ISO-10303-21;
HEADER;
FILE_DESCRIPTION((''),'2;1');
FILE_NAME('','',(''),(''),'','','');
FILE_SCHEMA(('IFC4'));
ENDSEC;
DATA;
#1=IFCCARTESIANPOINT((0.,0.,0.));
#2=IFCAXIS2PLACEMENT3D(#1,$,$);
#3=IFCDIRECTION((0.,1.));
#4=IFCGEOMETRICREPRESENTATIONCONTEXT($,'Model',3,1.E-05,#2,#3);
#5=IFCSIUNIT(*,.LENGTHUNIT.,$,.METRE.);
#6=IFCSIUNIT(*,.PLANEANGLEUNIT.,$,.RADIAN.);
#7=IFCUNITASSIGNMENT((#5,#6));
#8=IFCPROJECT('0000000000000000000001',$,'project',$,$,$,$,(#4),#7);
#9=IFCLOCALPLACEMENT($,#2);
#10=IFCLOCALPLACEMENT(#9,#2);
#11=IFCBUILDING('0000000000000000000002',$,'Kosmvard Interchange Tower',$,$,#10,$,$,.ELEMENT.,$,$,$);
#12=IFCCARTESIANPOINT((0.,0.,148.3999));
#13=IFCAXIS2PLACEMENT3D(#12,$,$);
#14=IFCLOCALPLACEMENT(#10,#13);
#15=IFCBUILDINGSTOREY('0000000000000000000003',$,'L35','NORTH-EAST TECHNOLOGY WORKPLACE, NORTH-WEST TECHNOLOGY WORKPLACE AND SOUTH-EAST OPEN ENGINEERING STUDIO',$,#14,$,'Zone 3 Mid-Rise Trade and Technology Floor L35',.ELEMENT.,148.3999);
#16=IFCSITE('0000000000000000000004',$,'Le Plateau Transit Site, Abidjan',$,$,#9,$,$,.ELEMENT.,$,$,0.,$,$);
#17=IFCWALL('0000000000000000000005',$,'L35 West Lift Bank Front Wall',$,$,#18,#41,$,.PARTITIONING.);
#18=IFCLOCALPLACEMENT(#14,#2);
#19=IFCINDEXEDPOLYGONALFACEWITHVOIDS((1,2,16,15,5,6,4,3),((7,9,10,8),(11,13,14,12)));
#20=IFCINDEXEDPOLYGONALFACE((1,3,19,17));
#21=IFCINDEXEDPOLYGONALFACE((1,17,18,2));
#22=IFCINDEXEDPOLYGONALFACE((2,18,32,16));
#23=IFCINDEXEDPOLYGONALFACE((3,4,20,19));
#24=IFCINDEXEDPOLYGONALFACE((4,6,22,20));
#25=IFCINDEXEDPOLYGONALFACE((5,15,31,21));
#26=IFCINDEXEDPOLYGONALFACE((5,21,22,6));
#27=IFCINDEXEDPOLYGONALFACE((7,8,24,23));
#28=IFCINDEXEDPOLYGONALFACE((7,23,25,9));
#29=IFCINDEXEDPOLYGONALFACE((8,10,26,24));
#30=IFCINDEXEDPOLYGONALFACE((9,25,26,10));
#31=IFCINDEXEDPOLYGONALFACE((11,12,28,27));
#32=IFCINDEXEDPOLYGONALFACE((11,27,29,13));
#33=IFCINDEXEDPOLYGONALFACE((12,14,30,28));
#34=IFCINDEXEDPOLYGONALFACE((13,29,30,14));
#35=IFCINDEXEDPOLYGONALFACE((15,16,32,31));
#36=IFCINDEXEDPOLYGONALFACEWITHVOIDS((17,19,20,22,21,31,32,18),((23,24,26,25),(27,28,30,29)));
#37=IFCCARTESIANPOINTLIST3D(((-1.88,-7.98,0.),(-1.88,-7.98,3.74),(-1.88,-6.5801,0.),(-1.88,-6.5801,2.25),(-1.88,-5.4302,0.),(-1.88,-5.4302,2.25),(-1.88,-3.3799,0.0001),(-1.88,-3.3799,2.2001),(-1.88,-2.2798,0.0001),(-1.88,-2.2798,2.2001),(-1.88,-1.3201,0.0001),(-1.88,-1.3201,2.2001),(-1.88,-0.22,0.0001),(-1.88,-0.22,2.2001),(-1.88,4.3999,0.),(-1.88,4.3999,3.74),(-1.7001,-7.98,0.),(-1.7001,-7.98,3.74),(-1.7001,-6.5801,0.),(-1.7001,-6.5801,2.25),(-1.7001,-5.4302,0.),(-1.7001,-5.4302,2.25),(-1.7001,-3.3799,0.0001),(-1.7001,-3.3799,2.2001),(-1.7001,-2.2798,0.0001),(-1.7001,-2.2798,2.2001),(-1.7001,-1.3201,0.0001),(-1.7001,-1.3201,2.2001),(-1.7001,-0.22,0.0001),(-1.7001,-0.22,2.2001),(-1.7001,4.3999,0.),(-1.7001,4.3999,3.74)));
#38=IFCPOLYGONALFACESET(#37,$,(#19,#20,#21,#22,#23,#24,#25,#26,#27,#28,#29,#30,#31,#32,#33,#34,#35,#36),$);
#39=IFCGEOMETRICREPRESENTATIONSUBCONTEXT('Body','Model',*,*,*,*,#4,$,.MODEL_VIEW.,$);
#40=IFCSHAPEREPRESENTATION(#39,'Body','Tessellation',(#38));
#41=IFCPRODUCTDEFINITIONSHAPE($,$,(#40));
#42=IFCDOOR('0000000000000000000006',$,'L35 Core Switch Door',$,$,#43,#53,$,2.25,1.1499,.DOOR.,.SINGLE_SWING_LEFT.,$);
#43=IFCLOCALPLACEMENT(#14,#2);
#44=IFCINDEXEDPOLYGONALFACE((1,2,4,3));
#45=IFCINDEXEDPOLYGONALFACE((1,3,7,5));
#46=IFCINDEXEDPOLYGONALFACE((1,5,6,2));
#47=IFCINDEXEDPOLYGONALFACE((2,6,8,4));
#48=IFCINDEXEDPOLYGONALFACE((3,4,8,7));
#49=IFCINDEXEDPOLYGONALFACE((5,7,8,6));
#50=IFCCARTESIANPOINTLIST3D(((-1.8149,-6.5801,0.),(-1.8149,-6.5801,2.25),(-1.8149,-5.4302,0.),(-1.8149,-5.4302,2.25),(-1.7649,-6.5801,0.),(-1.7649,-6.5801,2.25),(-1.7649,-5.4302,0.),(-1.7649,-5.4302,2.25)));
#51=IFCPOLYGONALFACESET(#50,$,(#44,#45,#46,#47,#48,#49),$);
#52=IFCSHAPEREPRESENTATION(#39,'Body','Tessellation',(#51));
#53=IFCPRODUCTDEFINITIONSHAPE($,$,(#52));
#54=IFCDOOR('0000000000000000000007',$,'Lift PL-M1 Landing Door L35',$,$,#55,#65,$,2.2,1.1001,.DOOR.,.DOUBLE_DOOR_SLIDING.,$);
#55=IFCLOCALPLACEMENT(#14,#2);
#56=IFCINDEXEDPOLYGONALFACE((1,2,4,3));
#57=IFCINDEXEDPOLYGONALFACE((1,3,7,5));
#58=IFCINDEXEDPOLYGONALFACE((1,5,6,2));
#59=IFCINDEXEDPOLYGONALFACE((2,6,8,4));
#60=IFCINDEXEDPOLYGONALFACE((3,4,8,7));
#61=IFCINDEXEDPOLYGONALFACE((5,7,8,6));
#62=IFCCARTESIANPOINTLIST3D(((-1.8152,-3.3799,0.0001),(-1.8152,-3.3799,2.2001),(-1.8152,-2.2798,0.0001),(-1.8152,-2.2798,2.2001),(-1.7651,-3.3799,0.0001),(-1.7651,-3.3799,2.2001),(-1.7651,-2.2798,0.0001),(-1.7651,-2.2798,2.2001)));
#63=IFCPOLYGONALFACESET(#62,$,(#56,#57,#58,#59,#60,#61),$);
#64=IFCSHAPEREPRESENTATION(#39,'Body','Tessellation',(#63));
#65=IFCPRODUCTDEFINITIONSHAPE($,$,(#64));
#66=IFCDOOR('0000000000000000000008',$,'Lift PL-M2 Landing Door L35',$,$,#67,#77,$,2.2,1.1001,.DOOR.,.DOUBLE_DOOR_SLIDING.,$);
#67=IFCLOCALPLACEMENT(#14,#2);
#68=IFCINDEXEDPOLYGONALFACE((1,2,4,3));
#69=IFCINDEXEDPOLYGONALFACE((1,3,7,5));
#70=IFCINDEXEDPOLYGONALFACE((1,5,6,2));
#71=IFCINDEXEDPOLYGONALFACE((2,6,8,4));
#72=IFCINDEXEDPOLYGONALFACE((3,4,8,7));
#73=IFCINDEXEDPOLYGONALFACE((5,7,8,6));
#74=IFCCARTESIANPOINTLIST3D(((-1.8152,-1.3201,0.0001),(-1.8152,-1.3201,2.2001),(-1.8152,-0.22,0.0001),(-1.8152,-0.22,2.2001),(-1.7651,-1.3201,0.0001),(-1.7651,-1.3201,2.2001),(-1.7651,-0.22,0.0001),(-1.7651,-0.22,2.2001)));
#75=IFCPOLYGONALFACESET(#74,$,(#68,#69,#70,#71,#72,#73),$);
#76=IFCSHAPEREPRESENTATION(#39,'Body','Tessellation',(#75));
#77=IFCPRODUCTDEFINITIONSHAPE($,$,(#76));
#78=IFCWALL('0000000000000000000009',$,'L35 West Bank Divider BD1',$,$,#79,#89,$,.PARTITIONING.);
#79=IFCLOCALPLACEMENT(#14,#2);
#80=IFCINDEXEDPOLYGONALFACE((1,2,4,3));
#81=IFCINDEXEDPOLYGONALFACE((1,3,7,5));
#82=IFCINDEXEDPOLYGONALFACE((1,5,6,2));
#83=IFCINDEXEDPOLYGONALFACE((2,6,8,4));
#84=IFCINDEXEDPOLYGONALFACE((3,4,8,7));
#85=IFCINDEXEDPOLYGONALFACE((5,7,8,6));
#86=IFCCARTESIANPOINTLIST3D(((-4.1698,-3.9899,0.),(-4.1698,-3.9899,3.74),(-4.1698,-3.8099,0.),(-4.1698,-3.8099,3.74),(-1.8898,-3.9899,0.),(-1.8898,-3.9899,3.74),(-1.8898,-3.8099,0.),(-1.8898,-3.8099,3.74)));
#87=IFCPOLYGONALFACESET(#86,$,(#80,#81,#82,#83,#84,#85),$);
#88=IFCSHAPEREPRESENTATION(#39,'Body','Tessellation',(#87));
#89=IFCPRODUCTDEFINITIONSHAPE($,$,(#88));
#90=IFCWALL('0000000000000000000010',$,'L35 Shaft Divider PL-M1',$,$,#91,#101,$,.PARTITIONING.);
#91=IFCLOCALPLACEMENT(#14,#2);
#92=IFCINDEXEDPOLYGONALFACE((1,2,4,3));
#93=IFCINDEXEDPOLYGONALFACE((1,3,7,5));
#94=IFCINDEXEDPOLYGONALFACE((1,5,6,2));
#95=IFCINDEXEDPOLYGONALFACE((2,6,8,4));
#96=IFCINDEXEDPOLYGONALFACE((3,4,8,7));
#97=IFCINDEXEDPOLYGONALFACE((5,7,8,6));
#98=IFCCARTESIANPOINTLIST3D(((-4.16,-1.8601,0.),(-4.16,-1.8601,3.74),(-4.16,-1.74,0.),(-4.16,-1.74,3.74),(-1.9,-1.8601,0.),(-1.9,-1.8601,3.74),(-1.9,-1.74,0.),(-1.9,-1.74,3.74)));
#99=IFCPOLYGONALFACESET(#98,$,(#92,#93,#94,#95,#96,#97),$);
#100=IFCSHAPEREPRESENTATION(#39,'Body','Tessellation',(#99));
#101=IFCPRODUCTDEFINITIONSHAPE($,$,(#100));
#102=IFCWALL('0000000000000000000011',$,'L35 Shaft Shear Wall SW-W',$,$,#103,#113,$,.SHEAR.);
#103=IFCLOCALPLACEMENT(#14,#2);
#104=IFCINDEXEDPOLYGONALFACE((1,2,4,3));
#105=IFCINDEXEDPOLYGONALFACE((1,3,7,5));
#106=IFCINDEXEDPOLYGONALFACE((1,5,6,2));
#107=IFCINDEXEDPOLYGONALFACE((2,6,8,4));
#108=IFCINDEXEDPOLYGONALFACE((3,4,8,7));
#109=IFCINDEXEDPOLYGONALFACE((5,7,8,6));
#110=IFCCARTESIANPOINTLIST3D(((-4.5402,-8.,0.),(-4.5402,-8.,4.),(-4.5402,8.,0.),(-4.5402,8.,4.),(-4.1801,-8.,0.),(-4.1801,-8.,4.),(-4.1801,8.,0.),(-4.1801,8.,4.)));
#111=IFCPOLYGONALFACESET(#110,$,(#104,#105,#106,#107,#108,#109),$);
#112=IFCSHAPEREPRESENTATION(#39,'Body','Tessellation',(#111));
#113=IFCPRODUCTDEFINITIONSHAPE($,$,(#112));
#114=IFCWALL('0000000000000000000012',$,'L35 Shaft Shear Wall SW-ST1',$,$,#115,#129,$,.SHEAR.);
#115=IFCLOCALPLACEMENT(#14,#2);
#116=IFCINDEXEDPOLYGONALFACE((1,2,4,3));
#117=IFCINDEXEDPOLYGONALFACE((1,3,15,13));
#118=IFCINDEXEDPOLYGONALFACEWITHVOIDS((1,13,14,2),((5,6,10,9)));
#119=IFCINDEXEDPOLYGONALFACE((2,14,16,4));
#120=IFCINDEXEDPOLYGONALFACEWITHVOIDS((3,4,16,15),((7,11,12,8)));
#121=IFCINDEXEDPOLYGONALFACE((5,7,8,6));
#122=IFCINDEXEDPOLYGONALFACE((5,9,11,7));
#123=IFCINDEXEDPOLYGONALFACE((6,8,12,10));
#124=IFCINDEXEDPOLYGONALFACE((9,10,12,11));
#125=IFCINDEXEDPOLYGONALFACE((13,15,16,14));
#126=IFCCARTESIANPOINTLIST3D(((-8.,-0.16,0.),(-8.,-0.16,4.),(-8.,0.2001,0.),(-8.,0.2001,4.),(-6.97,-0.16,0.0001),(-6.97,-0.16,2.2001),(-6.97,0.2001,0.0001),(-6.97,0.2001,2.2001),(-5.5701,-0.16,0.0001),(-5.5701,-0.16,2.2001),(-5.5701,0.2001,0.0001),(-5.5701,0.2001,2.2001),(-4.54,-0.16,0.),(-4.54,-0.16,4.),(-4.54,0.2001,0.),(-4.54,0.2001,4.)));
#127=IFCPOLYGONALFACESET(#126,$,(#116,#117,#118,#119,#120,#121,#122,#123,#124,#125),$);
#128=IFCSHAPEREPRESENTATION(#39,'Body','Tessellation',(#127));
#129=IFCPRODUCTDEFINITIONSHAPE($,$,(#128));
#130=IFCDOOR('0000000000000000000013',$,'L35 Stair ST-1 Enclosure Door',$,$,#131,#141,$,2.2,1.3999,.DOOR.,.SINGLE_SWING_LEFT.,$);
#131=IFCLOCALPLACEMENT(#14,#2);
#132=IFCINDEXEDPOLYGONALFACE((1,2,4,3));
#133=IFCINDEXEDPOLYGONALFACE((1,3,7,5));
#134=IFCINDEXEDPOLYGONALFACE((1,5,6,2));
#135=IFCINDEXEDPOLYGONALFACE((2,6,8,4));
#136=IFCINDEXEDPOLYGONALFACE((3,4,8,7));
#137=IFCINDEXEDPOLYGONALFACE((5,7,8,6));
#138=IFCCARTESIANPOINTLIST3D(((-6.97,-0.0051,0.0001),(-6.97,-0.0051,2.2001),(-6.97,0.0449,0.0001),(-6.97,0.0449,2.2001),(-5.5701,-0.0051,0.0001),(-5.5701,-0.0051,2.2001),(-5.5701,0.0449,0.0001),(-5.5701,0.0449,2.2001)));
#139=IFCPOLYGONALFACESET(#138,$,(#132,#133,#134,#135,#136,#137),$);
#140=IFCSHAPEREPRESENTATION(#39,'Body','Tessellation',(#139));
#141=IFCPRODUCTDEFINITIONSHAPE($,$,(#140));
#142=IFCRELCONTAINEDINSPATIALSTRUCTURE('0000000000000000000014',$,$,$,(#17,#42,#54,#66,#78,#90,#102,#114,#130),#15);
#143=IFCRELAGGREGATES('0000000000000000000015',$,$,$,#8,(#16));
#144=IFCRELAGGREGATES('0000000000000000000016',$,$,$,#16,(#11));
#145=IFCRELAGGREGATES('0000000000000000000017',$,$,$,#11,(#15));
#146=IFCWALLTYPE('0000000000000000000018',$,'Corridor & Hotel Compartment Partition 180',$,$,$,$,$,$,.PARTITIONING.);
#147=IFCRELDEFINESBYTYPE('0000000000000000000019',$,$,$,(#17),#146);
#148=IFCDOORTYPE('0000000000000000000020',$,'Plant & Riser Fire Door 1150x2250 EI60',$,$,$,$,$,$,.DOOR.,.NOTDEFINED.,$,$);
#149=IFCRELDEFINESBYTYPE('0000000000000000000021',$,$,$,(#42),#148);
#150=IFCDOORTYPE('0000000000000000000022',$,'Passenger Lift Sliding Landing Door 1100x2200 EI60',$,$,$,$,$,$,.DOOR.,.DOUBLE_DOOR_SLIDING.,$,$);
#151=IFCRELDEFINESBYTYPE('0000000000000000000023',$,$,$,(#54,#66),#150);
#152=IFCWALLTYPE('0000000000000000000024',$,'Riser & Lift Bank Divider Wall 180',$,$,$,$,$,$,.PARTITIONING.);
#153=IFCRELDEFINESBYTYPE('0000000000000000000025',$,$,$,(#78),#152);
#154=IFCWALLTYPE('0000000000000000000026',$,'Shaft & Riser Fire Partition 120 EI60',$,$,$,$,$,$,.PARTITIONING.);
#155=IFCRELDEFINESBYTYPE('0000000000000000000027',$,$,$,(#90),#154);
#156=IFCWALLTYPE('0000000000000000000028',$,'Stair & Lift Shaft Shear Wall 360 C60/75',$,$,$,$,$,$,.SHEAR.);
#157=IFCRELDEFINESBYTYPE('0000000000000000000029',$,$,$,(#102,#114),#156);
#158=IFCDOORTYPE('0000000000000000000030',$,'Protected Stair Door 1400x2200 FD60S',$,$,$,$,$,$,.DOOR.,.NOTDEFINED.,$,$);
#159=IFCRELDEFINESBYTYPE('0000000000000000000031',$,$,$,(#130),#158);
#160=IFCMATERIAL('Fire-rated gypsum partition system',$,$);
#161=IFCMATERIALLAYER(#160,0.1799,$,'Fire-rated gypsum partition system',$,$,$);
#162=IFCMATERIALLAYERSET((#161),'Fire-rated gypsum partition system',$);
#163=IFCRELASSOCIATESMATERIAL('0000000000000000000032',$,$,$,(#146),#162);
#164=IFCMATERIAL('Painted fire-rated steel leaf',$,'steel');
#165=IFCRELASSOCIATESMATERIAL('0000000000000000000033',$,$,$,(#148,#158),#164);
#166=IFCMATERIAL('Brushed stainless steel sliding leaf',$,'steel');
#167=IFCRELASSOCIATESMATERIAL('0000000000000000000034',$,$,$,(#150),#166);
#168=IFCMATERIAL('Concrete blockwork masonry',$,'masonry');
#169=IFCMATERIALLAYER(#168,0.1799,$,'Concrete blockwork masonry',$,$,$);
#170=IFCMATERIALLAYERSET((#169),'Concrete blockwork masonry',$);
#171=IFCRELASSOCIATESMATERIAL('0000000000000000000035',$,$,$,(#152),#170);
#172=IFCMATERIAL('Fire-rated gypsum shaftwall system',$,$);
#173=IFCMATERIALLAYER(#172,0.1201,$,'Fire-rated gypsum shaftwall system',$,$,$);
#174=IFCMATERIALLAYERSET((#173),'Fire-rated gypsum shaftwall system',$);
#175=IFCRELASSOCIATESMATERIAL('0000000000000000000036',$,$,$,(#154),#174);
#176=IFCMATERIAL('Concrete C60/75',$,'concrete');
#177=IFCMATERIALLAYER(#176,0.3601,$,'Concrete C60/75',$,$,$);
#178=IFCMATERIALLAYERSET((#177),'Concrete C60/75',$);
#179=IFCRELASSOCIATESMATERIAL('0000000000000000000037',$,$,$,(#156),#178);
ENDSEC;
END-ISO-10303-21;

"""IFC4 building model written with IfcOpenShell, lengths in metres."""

from ifc_helpers import new_model, si_unit, direction, frame, frame_2d, origin, place, context, subcontext, project, spatial, rectangle, extrude, source, transform, mapped, material, layer, layer_set, type_object, element, fill, save


model = new_model("IFC4")

# Units and contexts
model_context = context("Model", 3, precision=1e-05, world=origin(), true_north=direction((0.0, 1.0)))
body_context = subcontext(model_context, "Body", "Model", "MODEL_VIEW")
ifc_project = project(units=[si_unit("LENGTHUNIT", "METRE"), si_unit("PLANEANGLEUNIT", "RADIAN")], contexts=[model_context])

# Site, building, storey
site_placement = place(None, origin())
site = spatial("IfcSite", under=ifc_project, at=site_placement, Name="Le Plateau Transit Site, Abidjan", CompositionType="ELEMENT", RefElevation=0.0)
building_placement = place(site_placement, origin())
building = spatial("IfcBuilding", under=site, at=building_placement, Name="Kosmvard Interchange Tower", CompositionType="ELEMENT")
storey_placement = place(building_placement, frame((0.0, 0.0, 148.3999)))
storey = spatial("IfcBuildingStorey", under=building, at=storey_placement, Name="L35", Description="NORTH-EAST TECHNOLOGY WORKPLACE, NORTH-WEST TECHNOLOGY WORKPLACE AND SOUTH-EAST OPEN ENGINEERING STUDIO", LongName="Zone 3 Mid-Rise Trade and Technology Floor L35", CompositionType="ELEMENT", Elevation=148.3999)

# Shared definitions
ifc_material_1 = material(Name="Concrete C60/75", Category="concrete")

# Wall, openings, doors
ifc_material_2 = material(Name="Fire-rated gypsum partition system")
ifc_layer_1 = layer(ifc_material_2, 0.1799, Name="Fire-rated gypsum partition system")
ifc_layer_set_1 = layer_set([ifc_layer_1], Name="Fire-rated gypsum partition system")
wall_type_1 = type_object("IfcWallType", Name="Corridor & Hotel Compartment Partition 180", PredefinedType="PARTITIONING", material=ifc_layer_set_1)
wall_1_placement = place(storey_placement, frame((-1.79, -7.98, 0.0), z_axis=(0.0, 0.0, 1.0), x_axis=(0.0, 1.0, 0.0)))
wall_1 = element("IfcWall", 1, at=wall_1_placement, inside=storey, type_object=wall_type_1, Name="L35 West Lift Bank Front Wall", PredefinedType="PARTITIONING", context=body_context, shape_type="SweptSolid", body=[
    extrude(rectangle(XDim=12.3799, YDim=0.1799, at=frame_2d((6.1899, 0.0))), origin(), (0.0, 0.0, 1.0), 3.74),
])
opening_1_placement = place(wall_1_placement, frame((4.6001, 0.0, 0.0)))
opening_1 = element("IfcOpeningElement", 2, at=opening_1_placement, cuts=wall_1, PredefinedType="OPENING", context=body_context, shape_type="SweptSolid", body=[
    extrude(rectangle(XDim=1.1001, YDim=2.2, at=frame_2d((0.55, 1.1001))), frame((0.0, 0.1001, 0.0), z_axis=(0.0, -1.0, 0.0), x_axis=(1.0, 0.0, 0.0)), (0.0, 0.0, 1.0), 0.2),
])
opening_2_placement = place(wall_1_placement, frame((6.6599, 0.0, 0.0)))
opening_2 = element("IfcOpeningElement", 3, at=opening_2_placement, cuts=wall_1, PredefinedType="OPENING", context=body_context, shape_type="SweptSolid", body=[
    extrude(rectangle(XDim=1.1001, YDim=2.2, at=frame_2d((0.55, 1.1001))), frame((0.0, 0.1001, 0.0), z_axis=(0.0, -1.0, 0.0), x_axis=(1.0, 0.0, 0.0)), (0.0, 0.0, 1.0), 0.2),
])
opening_3_placement = place(wall_1_placement, frame((1.3999, 0.0, 0.0)))
opening_3 = element("IfcOpeningElement", 4, at=opening_3_placement, cuts=wall_1, PredefinedType="OPENING", context=body_context, shape_type="SweptSolid", body=[
    extrude(rectangle(XDim=1.1499, YDim=2.25, at=frame_2d((0.575, 1.125))), frame((0.0, 0.1001, 0.0), z_axis=(0.0, -1.0, 0.0), x_axis=(1.0, 0.0, 0.0)), (0.0, 0.0, 1.0), 0.2),
])
ifc_material_3 = material(Name="Painted fire-rated steel leaf", Category="steel")
door_type_1 = type_object("IfcDoorType", Name="Plant & Riser Fire Door 1150x2250 EI60", OperationType="NOTDEFINED", PredefinedType="DOOR", material=ifc_material_3)
shared_shape_1 = source(origin(), body_context, "Body", "SweptSolid", [
    extrude(rectangle(XDim=1.1499, YDim=2.25, at=frame_2d((0.575, 1.125))), frame((0.0, 0.0249, 0.0), z_axis=(0.0, -1.0, 0.0), x_axis=(1.0, 0.0, 0.0)), (0.0, 0.0, 1.0), 0.05),
])
door_1_placement = place(opening_3_placement, origin())
door_1 = element("IfcDoor", 5, at=door_1_placement, inside=storey, type_object=door_type_1, Name="L35 Core Switch Door", OperationType="SINGLE_SWING_LEFT", OverallHeight=2.25, OverallWidth=1.1499, PredefinedType="DOOR", context=body_context, shape_type="MappedRepresentation", body=[
    mapped(shared_shape_1, transform((0.0, 0.0, 0.0), scale=1.0)),
])
fill(opening_3, door_1)
ifc_material_4 = material(Name="Brushed stainless steel sliding leaf", Category="steel")
door_type_2 = type_object("IfcDoorType", Name="Passenger Lift Sliding Landing Door 1100x2200 EI60", OperationType="DOUBLE_DOOR_SLIDING", PredefinedType="DOOR", material=ifc_material_4)
shared_shape_2 = source(origin(), body_context, "Body", "SweptSolid", [
    extrude(rectangle(XDim=1.1001, YDim=2.2, at=frame_2d((0.55, 1.1001))), frame((0.0, 0.0249, 0.0), z_axis=(0.0, -1.0, 0.0), x_axis=(1.0, 0.0, 0.0)), (0.0, 0.0, 1.0), 0.05),
])
door_2_placement = place(opening_1_placement, frame((1.1001, 0.0, 0.0), z_axis=(0.0, 0.0, 1.0), x_axis=(-1.0, 0.0, 0.0)))
door_2 = element("IfcDoor", 6, at=door_2_placement, inside=storey, type_object=door_type_2, Name="Lift PL-M1 Landing Door L35", OperationType="DOUBLE_DOOR_SLIDING", OverallHeight=2.2, OverallWidth=1.1001, PredefinedType="DOOR", context=body_context, shape_type="MappedRepresentation", body=[
    mapped(shared_shape_2, transform((0.0, 0.0, 0.0), scale=1.0)),
])
fill(opening_1, door_2)
door_3_placement = place(opening_2_placement, frame((1.1001, 0.0, 0.0), z_axis=(0.0, 0.0, 1.0), x_axis=(-1.0, 0.0, 0.0)))
door_3 = element("IfcDoor", 7, at=door_3_placement, inside=storey, type_object=door_type_2, Name="Lift PL-M2 Landing Door L35", OperationType="DOUBLE_DOOR_SLIDING", OverallHeight=2.2, OverallWidth=1.1001, PredefinedType="DOOR", context=body_context, shape_type="MappedRepresentation", body=[
    mapped(shared_shape_2, transform((0.0, 0.0, 0.0), scale=1.0)),
])
fill(opening_2, door_3)

# Walls
ifc_material_5 = material(Name="Concrete blockwork masonry", Category="masonry")
ifc_layer_2 = layer(ifc_material_5, 0.1799, Name="Concrete blockwork masonry")
ifc_layer_set_2 = layer_set([ifc_layer_2], Name="Concrete blockwork masonry")
wall_type_2 = type_object("IfcWallType", Name="Riser & Lift Bank Divider Wall 180", PredefinedType="PARTITIONING", material=ifc_layer_set_2)
wall_2_placement = place(storey_placement, frame((-4.1699, -3.8999, 0.0), z_axis=(0.0, 0.0, 1.0), x_axis=(1.0, 0.0, 0.0)))
element("IfcWall", 8, at=wall_2_placement, inside=storey, type_object=wall_type_2, Name="L35 West Bank Divider BD1", PredefinedType="PARTITIONING", context=body_context, shape_type="SweptSolid", body=[
    extrude(rectangle(XDim=2.28, YDim=0.1799, at=frame_2d((1.1401, 0.0))), origin(), (0.0, 0.0, 1.0), 3.74),
])
ifc_material_6 = material(Name="Fire-rated gypsum shaftwall system")
ifc_layer_3 = layer(ifc_material_6, 0.1201, Name="Fire-rated gypsum shaftwall system")
ifc_layer_set_3 = layer_set([ifc_layer_3], Name="Fire-rated gypsum shaftwall system")
wall_type_3 = type_object("IfcWallType", Name="Shaft & Riser Fire Partition 120 EI60", PredefinedType="PARTITIONING", material=ifc_layer_set_3)
wall_3_placement = place(storey_placement, frame((-4.1599, -1.8, 0.0), z_axis=(0.0, 0.0, 1.0), x_axis=(1.0, 0.0, 0.0)))
element("IfcWall", 9, at=wall_3_placement, inside=storey, type_object=wall_type_3, Name="L35 Shaft Divider PL-M1", PredefinedType="PARTITIONING", context=body_context, shape_type="SweptSolid", body=[
    extrude(rectangle(XDim=2.26, YDim=0.1201, at=frame_2d((1.1299, 0.0))), origin(), (0.0, 0.0, 1.0), 3.74),
])
ifc_layer_4 = layer(ifc_material_1, 0.3601, Name="Concrete C60/75")
ifc_layer_set_4 = layer_set([ifc_layer_4], Name="Concrete C60/75")
wall_type_4 = type_object("IfcWallType", Name="Stair & Lift Shaft Shear Wall 360 C60/75", PredefinedType="SHEAR", material=ifc_layer_set_4)
wall_4_placement = place(storey_placement, frame((-4.3601, -8.0, 0.0), z_axis=(0.0, 0.0, 1.0), x_axis=(0.0, 1.0, 0.0)))
element("IfcWall", 10, at=wall_4_placement, inside=storey, type_object=wall_type_4, Name="L35 Shaft Shear Wall SW-W", PredefinedType="SHEAR", context=body_context, shape_type="SweptSolid", body=[
    extrude(rectangle(XDim=16.0, YDim=0.3601, at=frame_2d((8.0, 0.0))), origin(), (0.0, 0.0, 1.0), 4.0),
])

# Wall, opening, door
wall_5_placement = place(storey_placement, frame((-8.0, 0.02, 0.0), z_axis=(0.0, 0.0, 1.0), x_axis=(1.0, 0.0, 0.0)))
wall_5 = element("IfcWall", 11, at=wall_5_placement, inside=storey, type_object=wall_type_4, Name="L35 Shaft Shear Wall SW-ST1", PredefinedType="SHEAR", context=body_context, shape_type="SweptSolid", body=[
    extrude(rectangle(XDim=3.46, YDim=0.3601, at=frame_2d((1.73, 0.0))), origin(), (0.0, 0.0, 1.0), 4.0),
])
opening_4_placement = place(wall_5_placement, frame((1.03, 0.0, 0.0)))
opening_4 = element("IfcOpeningElement", 12, at=opening_4_placement, cuts=wall_5, PredefinedType="OPENING", context=body_context, shape_type="SweptSolid", body=[
    extrude(rectangle(XDim=1.3999, YDim=2.2, at=frame_2d((0.7, 1.1001))), frame((0.0, 0.1899, 0.0), z_axis=(0.0, -1.0, 0.0), x_axis=(1.0, 0.0, 0.0)), (0.0, 0.0, 1.0), 0.3801),
])
door_type_3 = type_object("IfcDoorType", Name="Protected Stair Door 1400x2200 FD60S", OperationType="NOTDEFINED", PredefinedType="DOOR", material=ifc_material_3)
shared_shape_3 = source(origin(), body_context, "Body", "SweptSolid", [
    extrude(rectangle(XDim=1.3999, YDim=2.2, at=frame_2d((0.7, 1.1001))), frame((0.0, 0.0249, 0.0), z_axis=(0.0, -1.0, 0.0), x_axis=(1.0, 0.0, 0.0)), (0.0, 0.0, 1.0), 0.05),
])
door_4_placement = place(opening_4_placement, origin())
door_4 = element("IfcDoor", 13, at=door_4_placement, inside=storey, type_object=door_type_3, Name="L35 Stair ST-1 Enclosure Door", OperationType="SINGLE_SWING_LEFT", OverallHeight=2.2, OverallWidth=1.3999, PredefinedType="DOOR", context=body_context, shape_type="MappedRepresentation", body=[
    mapped(shared_shape_3, transform((0.0, 0.0, 0.0), scale=1.0)),
])
fill(opening_4, door_4)

save(model, "model.ifc")
